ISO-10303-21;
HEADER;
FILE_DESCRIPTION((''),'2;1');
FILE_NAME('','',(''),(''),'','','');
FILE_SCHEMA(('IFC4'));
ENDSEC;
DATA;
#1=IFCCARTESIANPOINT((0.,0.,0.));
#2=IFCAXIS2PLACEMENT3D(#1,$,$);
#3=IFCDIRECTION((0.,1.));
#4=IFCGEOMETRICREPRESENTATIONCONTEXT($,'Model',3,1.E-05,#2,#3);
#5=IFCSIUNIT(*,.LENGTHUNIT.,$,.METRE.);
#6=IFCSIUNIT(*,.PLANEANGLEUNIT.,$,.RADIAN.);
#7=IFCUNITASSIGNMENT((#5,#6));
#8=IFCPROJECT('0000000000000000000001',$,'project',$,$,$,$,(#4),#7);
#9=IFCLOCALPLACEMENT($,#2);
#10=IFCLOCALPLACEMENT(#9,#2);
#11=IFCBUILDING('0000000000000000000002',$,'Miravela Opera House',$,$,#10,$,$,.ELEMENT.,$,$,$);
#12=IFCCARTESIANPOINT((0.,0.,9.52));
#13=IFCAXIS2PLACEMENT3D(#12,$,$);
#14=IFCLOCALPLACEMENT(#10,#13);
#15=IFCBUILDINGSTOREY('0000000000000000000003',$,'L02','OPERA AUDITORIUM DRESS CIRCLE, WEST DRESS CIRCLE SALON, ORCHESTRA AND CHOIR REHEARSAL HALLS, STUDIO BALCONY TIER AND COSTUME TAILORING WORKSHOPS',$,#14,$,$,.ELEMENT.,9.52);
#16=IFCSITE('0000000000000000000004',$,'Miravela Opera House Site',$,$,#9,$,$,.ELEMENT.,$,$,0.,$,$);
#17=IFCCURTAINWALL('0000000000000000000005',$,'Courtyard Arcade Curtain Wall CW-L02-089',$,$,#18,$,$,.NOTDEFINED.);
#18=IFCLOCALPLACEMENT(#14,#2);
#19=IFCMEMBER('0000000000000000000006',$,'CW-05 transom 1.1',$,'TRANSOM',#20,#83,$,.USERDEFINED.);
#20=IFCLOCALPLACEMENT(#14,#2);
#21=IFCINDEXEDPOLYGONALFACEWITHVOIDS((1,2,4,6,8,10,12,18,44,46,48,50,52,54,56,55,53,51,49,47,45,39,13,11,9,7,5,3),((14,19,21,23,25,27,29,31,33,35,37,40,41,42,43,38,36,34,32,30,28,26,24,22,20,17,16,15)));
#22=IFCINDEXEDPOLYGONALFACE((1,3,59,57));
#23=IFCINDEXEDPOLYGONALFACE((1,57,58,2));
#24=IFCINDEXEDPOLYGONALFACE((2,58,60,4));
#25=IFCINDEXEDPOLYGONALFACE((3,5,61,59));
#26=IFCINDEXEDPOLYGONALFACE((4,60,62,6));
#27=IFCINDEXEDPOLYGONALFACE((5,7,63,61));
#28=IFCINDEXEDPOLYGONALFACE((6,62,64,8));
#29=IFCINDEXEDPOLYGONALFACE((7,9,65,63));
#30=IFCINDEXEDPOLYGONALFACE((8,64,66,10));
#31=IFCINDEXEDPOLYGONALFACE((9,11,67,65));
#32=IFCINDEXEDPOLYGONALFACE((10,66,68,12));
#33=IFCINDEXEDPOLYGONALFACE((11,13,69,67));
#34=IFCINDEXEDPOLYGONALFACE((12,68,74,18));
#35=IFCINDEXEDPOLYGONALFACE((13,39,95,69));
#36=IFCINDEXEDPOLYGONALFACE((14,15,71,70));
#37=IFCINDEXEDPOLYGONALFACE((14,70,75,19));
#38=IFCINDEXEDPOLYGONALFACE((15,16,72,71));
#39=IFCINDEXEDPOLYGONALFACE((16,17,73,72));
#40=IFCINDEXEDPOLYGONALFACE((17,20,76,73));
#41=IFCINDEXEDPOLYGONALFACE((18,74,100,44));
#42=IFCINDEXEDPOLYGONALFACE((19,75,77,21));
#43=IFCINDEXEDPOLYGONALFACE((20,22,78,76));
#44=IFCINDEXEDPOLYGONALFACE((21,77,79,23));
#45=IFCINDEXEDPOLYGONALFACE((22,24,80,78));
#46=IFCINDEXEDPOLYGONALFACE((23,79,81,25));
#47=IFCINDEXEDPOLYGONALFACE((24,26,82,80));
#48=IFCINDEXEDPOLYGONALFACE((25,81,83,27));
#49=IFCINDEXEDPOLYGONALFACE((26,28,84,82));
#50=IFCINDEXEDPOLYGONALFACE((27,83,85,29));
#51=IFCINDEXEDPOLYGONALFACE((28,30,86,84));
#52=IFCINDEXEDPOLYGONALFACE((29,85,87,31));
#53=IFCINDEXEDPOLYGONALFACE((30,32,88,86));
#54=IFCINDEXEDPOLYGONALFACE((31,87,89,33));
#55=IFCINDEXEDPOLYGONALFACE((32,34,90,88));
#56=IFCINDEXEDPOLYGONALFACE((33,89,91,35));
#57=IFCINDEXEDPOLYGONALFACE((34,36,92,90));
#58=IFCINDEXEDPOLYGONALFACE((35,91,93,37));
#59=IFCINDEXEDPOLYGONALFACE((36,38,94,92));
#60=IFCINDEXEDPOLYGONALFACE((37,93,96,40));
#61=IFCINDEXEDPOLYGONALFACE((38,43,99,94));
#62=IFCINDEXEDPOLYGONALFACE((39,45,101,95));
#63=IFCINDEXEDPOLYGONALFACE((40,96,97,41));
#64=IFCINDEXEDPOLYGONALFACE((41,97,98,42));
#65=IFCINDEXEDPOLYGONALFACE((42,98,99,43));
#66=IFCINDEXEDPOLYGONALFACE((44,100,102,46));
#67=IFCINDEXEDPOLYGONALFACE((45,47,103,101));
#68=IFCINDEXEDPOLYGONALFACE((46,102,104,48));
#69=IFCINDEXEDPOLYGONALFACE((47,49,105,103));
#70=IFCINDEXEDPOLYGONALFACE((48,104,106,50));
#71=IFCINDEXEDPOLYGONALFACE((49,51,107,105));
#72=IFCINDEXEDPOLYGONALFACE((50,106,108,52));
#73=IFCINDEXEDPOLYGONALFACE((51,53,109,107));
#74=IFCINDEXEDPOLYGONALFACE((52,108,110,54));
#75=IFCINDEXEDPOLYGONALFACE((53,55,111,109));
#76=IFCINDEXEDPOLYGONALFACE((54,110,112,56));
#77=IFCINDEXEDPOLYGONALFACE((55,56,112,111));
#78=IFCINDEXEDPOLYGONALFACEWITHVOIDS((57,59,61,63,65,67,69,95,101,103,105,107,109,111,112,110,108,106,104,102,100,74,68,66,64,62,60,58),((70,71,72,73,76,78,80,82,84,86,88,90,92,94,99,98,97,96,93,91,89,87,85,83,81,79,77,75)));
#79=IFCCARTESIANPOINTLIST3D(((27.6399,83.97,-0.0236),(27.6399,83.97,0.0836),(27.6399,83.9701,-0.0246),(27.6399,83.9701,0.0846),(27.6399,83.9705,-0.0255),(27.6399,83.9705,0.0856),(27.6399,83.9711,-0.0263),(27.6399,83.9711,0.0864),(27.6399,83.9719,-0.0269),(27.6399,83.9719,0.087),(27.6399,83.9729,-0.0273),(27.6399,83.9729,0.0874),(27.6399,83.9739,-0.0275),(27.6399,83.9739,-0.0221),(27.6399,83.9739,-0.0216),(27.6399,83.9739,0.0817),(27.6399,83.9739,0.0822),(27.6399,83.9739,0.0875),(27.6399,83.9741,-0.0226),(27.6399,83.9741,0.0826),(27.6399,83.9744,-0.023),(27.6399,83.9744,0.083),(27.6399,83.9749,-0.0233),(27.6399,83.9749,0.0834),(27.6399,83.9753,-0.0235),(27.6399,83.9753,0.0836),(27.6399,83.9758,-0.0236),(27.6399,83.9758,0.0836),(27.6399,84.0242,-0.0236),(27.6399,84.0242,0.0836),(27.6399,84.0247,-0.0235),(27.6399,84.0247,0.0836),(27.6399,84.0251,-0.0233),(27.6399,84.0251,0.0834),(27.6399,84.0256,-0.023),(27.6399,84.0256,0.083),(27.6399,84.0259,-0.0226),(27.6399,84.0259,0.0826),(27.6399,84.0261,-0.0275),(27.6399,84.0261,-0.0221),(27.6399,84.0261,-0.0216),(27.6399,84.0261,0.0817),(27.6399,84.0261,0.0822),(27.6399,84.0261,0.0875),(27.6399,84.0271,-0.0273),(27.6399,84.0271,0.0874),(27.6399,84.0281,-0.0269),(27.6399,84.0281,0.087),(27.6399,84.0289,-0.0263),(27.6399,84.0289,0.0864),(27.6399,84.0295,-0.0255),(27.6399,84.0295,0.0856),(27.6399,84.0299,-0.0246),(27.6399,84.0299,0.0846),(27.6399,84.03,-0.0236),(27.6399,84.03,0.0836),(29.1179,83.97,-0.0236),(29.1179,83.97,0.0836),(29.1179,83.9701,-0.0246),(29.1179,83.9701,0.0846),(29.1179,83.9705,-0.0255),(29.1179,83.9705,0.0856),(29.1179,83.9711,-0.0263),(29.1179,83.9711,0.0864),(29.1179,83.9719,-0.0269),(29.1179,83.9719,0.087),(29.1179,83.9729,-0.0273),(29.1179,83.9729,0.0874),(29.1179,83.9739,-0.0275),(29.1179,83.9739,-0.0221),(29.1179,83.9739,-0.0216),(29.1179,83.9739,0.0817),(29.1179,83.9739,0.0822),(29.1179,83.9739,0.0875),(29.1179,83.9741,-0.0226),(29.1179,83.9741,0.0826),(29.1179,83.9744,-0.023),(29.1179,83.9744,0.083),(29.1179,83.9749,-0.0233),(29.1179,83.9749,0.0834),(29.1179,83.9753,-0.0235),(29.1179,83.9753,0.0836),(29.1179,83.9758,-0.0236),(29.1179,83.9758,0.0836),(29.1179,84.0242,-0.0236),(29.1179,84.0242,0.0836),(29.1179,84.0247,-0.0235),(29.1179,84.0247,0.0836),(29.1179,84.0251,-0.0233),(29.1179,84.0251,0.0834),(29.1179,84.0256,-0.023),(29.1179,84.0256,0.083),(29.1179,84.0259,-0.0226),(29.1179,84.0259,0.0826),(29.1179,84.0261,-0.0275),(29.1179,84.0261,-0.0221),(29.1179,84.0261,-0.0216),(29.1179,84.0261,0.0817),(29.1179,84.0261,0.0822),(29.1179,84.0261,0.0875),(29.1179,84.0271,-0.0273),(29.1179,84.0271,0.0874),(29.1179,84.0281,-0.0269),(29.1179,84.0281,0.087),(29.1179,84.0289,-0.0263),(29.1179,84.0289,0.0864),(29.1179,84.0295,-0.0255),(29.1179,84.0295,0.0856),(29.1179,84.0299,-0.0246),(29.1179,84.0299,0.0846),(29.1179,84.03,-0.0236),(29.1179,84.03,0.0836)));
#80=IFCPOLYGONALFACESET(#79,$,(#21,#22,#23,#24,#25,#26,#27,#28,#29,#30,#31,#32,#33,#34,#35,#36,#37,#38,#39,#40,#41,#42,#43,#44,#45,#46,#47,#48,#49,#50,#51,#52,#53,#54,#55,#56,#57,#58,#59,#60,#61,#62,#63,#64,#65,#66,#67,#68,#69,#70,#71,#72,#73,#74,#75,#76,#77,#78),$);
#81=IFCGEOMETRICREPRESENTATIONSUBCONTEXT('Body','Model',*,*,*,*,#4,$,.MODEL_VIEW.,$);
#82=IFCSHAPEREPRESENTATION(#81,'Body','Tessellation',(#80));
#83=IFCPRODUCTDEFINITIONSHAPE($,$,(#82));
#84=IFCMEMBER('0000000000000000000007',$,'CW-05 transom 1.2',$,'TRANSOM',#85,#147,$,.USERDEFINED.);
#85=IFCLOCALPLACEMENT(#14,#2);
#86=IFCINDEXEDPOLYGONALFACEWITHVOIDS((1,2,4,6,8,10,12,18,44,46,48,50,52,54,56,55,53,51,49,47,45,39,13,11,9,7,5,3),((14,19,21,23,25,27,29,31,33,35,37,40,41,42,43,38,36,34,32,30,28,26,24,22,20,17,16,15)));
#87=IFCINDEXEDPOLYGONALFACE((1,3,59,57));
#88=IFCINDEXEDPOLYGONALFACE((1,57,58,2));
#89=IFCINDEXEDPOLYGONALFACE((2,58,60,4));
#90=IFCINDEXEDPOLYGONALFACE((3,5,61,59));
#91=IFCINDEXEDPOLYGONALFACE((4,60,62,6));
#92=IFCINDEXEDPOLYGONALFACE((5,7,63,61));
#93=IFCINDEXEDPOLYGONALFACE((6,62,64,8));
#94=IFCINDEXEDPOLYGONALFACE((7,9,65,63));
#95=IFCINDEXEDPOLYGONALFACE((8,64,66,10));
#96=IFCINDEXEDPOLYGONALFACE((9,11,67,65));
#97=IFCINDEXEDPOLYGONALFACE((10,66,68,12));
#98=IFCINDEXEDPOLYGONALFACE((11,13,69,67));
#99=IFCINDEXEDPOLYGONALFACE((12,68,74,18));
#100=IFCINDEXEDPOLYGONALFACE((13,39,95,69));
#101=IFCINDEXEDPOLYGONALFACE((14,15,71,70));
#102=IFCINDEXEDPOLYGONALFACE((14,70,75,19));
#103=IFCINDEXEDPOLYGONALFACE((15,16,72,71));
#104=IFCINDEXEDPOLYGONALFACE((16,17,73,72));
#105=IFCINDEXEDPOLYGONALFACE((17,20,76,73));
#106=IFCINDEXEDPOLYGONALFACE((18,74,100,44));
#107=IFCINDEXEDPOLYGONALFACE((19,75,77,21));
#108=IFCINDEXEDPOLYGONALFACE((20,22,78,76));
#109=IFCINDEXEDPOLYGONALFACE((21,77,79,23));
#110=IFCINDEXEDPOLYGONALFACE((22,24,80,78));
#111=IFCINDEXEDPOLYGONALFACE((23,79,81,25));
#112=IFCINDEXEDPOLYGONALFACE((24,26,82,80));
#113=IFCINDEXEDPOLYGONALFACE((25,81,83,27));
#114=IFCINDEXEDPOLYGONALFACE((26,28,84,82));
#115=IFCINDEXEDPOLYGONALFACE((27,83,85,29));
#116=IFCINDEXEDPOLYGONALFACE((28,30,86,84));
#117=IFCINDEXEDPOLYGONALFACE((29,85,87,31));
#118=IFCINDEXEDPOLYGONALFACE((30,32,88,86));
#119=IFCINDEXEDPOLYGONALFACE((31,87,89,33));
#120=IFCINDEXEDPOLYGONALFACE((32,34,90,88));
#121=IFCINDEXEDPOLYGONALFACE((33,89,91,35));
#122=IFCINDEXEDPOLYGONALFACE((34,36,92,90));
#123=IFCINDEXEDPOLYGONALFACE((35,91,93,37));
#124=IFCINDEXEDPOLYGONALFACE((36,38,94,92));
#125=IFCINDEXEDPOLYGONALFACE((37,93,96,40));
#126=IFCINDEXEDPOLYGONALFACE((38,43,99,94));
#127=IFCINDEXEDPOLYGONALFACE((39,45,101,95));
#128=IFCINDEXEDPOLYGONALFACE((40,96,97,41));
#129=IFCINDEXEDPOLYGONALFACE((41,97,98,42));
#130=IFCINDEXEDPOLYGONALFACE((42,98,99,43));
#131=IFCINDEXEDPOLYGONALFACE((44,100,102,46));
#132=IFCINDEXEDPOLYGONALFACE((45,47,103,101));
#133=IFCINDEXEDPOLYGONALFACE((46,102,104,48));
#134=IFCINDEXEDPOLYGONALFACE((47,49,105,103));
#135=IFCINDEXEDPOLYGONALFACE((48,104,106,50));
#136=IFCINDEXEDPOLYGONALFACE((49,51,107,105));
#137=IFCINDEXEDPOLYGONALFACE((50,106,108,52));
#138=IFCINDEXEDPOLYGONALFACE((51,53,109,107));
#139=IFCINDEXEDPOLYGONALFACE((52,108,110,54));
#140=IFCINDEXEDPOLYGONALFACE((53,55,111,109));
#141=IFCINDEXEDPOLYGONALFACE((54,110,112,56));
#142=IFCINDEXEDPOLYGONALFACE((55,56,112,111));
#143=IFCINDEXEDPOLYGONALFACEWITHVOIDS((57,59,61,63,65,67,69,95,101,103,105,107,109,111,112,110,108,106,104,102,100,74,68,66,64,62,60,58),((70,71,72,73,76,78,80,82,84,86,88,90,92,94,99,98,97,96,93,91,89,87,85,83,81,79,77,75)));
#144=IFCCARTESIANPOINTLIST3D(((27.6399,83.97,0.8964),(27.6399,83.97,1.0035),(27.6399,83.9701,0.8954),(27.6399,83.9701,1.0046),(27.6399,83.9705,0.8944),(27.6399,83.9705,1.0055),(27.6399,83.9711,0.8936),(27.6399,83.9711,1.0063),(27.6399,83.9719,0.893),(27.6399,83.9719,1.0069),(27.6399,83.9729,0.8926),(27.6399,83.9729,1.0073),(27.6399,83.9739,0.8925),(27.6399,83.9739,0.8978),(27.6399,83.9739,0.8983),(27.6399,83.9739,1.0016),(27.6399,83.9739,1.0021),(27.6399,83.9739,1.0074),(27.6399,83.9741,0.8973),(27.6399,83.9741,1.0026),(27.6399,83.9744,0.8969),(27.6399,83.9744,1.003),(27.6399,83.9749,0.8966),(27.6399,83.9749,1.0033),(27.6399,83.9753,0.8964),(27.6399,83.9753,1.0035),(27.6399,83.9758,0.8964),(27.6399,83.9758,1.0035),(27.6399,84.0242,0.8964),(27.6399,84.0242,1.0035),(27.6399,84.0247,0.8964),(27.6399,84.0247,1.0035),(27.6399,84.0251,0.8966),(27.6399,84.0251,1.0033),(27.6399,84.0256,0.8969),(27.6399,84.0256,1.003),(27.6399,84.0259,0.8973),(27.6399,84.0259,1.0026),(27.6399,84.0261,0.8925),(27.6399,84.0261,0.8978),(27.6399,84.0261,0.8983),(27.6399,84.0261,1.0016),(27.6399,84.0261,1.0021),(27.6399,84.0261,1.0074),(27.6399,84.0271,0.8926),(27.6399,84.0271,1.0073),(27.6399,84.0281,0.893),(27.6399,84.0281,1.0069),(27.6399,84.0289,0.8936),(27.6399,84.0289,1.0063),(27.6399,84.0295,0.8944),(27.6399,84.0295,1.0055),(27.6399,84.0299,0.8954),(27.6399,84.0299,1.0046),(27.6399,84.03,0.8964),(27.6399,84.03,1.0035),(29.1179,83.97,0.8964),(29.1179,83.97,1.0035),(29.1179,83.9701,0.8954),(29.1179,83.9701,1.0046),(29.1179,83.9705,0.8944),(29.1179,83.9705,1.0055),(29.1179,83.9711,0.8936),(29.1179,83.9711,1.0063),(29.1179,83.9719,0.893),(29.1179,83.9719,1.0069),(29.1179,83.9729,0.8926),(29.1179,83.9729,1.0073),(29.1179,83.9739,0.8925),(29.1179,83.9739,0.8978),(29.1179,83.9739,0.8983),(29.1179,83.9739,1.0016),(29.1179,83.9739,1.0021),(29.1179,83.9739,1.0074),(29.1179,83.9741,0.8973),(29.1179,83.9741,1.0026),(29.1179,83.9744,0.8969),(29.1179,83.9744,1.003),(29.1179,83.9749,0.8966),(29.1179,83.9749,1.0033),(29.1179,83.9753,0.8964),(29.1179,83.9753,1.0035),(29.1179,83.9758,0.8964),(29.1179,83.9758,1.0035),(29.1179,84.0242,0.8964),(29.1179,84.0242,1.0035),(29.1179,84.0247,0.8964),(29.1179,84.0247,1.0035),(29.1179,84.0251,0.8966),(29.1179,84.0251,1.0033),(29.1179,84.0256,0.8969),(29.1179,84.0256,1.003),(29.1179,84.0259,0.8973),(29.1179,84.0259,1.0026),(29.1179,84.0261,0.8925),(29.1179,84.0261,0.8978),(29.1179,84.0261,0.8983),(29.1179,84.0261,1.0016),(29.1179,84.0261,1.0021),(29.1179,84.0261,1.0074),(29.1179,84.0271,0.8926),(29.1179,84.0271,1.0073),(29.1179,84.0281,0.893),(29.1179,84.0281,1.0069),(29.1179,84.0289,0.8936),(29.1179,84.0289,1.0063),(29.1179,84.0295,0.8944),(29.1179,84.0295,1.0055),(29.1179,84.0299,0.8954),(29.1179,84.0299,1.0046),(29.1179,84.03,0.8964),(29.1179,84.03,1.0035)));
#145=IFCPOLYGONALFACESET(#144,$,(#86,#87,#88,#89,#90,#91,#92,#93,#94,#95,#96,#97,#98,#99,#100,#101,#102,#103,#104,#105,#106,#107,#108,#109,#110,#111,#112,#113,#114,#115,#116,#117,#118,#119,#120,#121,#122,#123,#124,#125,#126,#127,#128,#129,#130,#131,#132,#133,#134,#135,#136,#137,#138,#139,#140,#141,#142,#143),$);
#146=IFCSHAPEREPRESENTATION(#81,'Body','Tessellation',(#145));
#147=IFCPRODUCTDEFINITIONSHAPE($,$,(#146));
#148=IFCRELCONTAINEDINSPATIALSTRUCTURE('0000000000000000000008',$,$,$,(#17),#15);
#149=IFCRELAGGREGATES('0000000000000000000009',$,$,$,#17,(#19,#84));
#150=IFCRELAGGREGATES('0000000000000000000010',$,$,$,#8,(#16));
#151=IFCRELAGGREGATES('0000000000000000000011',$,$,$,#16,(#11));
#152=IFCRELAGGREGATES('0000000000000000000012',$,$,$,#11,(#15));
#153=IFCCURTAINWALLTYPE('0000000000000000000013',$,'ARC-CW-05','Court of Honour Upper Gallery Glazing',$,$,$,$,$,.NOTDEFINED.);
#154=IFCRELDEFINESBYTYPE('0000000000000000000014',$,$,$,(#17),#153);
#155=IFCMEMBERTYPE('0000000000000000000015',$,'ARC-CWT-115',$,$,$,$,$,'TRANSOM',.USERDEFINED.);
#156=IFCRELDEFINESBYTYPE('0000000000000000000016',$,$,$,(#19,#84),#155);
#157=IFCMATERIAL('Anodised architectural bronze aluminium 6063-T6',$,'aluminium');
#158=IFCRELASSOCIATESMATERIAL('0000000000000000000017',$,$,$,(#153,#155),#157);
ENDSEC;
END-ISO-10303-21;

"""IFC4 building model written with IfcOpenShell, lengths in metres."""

from ifc_helpers import new_model, si_unit, direction, frame, origin, origin_2d, place, context, subcontext, project, spatial, hollow_rectangle, extrude, material, material_profile, profile_set, type_object, element, aggregate, save


model = new_model("IFC4")

# Units and contexts
model_context = context("Model", 3, precision=1e-05, world=origin(), true_north=direction((0.0, 1.0)))
body_context = subcontext(model_context, "Body", "Model", "MODEL_VIEW")
ifc_project = project(units=[si_unit("LENGTHUNIT", "METRE"), si_unit("PLANEANGLEUNIT", "RADIAN")], contexts=[model_context])

# Site, building, storey
site_placement = place(None, origin())
site = spatial("IfcSite", under=ifc_project, at=site_placement, Name="Miravela Opera House Site", CompositionType="ELEMENT", RefElevation=0.0)
building_placement = place(site_placement, origin())
building = spatial("IfcBuilding", under=site, at=building_placement, Name="Miravela Opera House", CompositionType="ELEMENT")
storey_placement = place(building_placement, frame((0.0, 0.0, 9.52)))
storey = spatial("IfcBuildingStorey", under=building, at=storey_placement, Name="L02", Description="OPERA AUDITORIUM DRESS CIRCLE, WEST DRESS CIRCLE SALON, ORCHESTRA AND CHOIR REHEARSAL HALLS, STUDIO BALCONY TIER AND COSTUME TAILORING WORKSHOPS", CompositionType="ELEMENT", Elevation=9.52)

# Curtain wall
ifc_material_1 = material(Name="Anodised architectural bronze aluminium 6063-T6", Category="aluminium")
curtain_wall_type = type_object("IfcCurtainWallType", Name="ARC-CW-05", Description="Court of Honour Upper Gallery Glazing", PredefinedType="NOTDEFINED", material=ifc_material_1)
curtain_wall_1_placement = place(storey_placement, origin())
curtain_wall_1 = element("IfcCurtainWall", 1, at=curtain_wall_1_placement, inside=storey, type_object=curtain_wall_type, Name="Courtyard Arcade Curtain Wall CW-L02-089", PredefinedType="NOTDEFINED")

# Members
ifc_material_profile_1 = material_profile(ifc_material_1, hollow_rectangle(XDim=0.0601, YDim=0.115, WallThickness=0.0039, InnerFilletRadius=0.002, OuterFilletRadius=0.0039, at=origin_2d()), Name="CWT-60X115")
ifc_profile_set_1 = profile_set([ifc_material_profile_1])
member_type_1 = type_object("IfcMemberType", Name="ARC-CWT-115", ElementType="TRANSOM", PredefinedType="USERDEFINED", material=ifc_profile_set_1)
member_1_placement = place(storey_placement, frame((27.6399, 84.0, 0.03), z_axis=(1.0, 0.0, 0.0), x_axis=(0.0, 1.0, 0.0)))
member_1 = element("IfcMember", 2, at=member_1_placement, type_object=member_type_1, Name="CW-05 transom 1.1", ObjectType="TRANSOM", PredefinedType="USERDEFINED", context=body_context, shape_type="SweptSolid", body=[
    extrude(hollow_rectangle(XDim=0.0601, YDim=0.115, WallThickness=0.0039, InnerFilletRadius=0.002, OuterFilletRadius=0.0039, at=origin_2d()), origin(), (0.0, 0.0, 1.0), 1.478),
])
member_2_placement = place(storey_placement, frame((27.6399, 84.0, 0.95), z_axis=(1.0, 0.0, 0.0), x_axis=(0.0, 1.0, 0.0)))
member_2 = element("IfcMember", 3, at=member_2_placement, type_object=member_type_1, Name="CW-05 transom 1.2", ObjectType="TRANSOM", PredefinedType="USERDEFINED", context=body_context, shape_type="SweptSolid", body=[
    extrude(hollow_rectangle(XDim=0.0601, YDim=0.115, WallThickness=0.0039, InnerFilletRadius=0.002, OuterFilletRadius=0.0039, at=origin_2d()), origin(), (0.0, 0.0, 1.0), 1.478),
])

aggregate(curtain_wall_1, [member_1, member_2])

save(model, "model.ifc")
